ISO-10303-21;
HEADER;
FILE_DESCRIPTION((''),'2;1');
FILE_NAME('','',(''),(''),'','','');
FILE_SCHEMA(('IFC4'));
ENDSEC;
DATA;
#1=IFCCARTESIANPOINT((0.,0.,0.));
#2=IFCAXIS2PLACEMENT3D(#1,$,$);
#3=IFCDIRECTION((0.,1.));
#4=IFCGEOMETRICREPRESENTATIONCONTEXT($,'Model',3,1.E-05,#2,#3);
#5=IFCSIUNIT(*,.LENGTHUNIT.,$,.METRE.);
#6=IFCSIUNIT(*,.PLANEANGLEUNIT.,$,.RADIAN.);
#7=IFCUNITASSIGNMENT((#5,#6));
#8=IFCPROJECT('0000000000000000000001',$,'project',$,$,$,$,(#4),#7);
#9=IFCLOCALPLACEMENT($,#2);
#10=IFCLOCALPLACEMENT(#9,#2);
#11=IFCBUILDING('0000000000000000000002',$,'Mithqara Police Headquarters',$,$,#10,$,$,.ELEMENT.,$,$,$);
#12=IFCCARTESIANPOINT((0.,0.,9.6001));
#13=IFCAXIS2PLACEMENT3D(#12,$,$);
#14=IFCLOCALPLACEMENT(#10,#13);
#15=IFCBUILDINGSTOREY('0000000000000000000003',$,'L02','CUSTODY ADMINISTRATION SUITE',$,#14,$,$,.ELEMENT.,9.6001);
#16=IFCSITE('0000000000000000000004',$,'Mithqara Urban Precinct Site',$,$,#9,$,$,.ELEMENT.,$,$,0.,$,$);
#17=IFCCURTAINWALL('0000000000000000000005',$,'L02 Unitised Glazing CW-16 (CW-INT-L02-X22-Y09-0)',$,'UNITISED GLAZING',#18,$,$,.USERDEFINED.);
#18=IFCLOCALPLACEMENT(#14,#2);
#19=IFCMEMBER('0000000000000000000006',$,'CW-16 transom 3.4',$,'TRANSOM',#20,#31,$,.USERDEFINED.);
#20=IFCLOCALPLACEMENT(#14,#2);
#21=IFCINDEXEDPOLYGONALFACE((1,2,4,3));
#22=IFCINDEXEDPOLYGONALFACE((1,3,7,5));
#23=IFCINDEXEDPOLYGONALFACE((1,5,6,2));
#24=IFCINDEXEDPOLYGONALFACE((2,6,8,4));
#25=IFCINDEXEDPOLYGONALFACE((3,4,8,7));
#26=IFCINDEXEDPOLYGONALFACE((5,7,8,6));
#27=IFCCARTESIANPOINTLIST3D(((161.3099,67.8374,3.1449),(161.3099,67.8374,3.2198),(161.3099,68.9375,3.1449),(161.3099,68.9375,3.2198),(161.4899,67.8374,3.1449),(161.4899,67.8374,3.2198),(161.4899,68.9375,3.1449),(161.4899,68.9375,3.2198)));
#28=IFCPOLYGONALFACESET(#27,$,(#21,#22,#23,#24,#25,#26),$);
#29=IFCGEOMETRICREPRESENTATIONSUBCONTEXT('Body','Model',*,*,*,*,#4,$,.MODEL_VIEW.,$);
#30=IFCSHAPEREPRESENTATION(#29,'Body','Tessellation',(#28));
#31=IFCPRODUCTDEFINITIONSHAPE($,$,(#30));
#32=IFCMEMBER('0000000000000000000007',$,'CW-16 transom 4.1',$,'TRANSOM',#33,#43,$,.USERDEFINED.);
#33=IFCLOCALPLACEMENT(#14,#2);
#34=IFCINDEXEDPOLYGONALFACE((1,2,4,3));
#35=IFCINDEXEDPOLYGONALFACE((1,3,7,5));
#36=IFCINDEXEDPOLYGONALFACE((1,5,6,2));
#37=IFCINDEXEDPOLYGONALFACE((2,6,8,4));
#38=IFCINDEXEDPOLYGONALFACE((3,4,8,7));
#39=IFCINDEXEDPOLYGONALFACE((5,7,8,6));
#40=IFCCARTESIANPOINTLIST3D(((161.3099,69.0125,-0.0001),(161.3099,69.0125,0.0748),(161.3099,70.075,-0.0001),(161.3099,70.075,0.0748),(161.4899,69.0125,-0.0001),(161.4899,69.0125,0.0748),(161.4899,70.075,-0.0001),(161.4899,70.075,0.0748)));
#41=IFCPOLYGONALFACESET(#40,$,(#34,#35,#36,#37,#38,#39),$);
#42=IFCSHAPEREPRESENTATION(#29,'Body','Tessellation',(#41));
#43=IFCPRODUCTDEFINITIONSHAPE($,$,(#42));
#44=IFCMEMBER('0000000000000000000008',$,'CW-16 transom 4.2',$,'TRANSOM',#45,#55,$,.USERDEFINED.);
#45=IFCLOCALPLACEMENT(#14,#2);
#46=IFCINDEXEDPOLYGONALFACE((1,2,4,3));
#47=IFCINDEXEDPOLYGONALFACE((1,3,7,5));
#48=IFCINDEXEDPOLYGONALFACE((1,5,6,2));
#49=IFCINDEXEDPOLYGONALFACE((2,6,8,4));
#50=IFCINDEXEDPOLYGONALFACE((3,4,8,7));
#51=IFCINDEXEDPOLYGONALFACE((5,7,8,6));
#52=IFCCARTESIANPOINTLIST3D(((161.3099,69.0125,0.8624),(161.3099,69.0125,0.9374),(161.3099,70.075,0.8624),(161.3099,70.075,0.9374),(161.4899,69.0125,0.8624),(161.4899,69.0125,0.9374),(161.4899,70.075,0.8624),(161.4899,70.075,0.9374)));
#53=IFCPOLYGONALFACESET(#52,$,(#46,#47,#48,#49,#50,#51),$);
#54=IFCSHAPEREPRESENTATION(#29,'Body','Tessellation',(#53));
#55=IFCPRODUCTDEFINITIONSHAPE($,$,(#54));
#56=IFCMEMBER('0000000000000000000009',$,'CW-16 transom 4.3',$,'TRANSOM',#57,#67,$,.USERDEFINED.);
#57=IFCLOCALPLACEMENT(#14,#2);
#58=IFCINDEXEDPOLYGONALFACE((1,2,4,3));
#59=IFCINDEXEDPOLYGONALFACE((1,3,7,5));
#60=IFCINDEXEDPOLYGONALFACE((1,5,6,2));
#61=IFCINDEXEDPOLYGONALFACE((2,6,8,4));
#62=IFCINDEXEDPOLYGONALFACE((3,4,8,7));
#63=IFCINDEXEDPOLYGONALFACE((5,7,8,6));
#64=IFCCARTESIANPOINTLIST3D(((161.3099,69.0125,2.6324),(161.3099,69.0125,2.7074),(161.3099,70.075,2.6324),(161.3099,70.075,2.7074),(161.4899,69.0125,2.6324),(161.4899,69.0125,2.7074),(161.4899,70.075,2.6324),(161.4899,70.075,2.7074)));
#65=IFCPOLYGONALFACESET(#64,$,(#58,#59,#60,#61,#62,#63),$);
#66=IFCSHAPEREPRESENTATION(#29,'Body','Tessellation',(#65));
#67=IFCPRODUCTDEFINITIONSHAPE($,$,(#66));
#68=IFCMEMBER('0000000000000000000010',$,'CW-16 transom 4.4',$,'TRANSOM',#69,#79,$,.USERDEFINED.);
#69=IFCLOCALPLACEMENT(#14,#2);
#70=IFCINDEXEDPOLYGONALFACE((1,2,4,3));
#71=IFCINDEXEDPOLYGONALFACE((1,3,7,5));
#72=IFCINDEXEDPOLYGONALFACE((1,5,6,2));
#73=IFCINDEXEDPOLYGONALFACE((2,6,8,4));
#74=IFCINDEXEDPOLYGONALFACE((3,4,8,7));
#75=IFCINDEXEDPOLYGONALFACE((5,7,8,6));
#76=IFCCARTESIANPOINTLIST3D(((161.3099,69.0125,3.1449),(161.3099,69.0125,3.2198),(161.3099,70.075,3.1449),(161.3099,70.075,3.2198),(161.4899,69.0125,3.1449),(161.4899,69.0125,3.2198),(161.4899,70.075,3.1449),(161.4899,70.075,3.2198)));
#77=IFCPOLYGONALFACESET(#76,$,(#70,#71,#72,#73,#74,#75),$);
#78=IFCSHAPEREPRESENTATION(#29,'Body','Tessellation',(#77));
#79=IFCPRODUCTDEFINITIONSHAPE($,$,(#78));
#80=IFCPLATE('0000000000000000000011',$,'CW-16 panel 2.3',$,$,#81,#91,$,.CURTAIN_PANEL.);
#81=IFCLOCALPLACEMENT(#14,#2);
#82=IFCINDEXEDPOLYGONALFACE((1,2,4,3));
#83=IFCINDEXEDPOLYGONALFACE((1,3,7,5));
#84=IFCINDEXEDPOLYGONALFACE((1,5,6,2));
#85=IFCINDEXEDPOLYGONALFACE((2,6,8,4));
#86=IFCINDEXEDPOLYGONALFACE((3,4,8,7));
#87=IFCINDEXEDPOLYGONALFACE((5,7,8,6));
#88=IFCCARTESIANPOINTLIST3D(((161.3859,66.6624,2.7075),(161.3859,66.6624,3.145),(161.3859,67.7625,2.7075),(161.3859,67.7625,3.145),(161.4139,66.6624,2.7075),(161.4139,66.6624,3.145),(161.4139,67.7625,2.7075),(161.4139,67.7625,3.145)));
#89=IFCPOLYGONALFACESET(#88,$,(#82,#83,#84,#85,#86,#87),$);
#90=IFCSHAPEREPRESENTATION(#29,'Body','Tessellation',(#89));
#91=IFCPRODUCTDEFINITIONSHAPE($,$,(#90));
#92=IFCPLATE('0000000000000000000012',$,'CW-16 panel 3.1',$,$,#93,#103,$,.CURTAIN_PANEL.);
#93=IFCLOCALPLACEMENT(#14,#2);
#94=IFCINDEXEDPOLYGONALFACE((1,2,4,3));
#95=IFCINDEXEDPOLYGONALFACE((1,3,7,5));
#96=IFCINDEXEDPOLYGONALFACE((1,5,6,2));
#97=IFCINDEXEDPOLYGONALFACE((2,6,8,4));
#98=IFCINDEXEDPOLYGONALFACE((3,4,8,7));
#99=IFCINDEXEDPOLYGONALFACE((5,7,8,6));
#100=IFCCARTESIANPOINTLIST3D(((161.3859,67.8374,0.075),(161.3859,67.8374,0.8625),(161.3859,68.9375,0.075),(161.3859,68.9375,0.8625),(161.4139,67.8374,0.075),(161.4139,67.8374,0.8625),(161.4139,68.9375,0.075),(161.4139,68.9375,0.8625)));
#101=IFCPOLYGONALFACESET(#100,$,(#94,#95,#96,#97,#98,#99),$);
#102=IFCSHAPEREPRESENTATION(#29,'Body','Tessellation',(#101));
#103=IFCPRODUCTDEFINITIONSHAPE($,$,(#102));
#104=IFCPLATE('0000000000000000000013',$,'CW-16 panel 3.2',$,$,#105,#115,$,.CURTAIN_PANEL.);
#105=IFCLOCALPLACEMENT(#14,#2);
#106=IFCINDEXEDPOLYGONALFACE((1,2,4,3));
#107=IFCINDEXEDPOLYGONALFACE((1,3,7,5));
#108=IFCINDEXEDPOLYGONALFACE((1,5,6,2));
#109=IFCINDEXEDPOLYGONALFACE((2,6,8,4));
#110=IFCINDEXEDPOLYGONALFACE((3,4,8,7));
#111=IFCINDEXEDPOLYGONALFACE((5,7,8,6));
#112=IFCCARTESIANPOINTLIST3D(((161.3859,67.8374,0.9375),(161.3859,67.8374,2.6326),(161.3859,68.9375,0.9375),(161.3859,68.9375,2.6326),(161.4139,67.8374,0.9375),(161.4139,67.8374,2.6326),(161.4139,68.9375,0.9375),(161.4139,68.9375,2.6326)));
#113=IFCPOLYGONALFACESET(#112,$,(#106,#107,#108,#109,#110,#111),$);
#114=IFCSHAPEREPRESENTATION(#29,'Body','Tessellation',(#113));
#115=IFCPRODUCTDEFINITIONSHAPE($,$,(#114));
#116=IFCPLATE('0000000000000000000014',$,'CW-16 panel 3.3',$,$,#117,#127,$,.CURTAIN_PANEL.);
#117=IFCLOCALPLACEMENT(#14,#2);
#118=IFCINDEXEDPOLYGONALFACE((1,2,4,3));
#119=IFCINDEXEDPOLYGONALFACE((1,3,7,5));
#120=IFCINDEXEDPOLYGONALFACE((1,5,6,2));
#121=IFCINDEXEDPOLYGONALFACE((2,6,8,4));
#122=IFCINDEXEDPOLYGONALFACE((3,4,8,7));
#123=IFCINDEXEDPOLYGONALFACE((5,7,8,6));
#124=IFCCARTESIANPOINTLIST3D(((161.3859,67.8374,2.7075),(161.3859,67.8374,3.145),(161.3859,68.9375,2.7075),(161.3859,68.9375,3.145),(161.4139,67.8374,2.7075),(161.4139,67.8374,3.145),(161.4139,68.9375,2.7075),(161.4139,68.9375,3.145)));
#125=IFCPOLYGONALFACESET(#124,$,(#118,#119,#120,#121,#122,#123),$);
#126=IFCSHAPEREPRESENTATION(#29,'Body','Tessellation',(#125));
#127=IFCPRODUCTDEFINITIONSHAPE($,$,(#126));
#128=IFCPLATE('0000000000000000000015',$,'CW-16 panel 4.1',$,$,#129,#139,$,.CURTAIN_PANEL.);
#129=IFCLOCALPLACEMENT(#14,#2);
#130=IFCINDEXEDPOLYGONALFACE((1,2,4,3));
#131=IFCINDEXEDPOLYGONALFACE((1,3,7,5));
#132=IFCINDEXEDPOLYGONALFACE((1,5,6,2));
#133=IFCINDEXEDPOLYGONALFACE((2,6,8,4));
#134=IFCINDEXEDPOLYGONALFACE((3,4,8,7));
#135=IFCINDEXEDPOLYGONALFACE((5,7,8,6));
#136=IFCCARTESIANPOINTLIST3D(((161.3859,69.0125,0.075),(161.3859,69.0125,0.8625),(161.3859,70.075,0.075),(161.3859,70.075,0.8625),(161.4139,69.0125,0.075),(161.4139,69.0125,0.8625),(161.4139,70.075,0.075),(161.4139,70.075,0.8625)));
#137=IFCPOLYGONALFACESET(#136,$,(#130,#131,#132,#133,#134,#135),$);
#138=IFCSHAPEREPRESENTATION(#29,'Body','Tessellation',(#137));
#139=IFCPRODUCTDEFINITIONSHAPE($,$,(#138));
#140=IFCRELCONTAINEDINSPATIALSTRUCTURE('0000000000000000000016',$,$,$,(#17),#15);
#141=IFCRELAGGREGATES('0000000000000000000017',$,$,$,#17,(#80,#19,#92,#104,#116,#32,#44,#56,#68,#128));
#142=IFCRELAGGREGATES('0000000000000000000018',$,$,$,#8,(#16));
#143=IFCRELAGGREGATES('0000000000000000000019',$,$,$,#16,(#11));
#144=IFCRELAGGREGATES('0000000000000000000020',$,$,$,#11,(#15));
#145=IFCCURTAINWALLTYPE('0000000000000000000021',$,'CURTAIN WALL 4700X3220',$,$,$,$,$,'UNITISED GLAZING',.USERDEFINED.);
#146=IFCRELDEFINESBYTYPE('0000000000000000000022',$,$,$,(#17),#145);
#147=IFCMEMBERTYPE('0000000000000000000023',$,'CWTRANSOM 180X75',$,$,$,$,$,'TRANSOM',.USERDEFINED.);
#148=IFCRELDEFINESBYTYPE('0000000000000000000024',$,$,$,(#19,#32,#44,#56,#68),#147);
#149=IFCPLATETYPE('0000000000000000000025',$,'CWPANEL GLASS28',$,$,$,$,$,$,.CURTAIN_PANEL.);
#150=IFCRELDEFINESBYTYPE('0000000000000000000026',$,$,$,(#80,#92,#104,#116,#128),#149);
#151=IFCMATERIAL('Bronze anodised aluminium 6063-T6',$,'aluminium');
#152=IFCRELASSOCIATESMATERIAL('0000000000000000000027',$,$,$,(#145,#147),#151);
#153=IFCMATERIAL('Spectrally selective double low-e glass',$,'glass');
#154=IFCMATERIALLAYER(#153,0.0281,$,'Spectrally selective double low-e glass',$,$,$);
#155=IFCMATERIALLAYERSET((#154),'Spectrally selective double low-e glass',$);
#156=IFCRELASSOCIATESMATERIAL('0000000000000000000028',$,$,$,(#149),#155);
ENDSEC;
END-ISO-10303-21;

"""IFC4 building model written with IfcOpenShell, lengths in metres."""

from ifc_helpers import new_model, si_unit, direction, frame, origin, origin_2d, place, context, subcontext, project, spatial, rectangle, extrude, material, layer, layer_set, material_profile, profile_set, type_object, element, aggregate, save


model = new_model("IFC4")

# Units and contexts
model_context = context("Model", 3, precision=1e-05, world=origin(), true_north=direction((0.0, 1.0)))
body_context = subcontext(model_context, "Body", "Model", "MODEL_VIEW")
ifc_project = project(units=[si_unit("LENGTHUNIT", "METRE"), si_unit("PLANEANGLEUNIT", "RADIAN")], contexts=[model_context])

# Site, building, storey
site_placement = place(None, origin())
site = spatial("IfcSite", under=ifc_project, at=site_placement, Name="Mithqara Urban Precinct Site", CompositionType="ELEMENT", RefElevation=0.0)
building_placement = place(site_placement, origin())
building = spatial("IfcBuilding", under=site, at=building_placement, Name="Mithqara Police Headquarters", CompositionType="ELEMENT")
storey_placement = place(building_placement, frame((0.0, 0.0, 9.6001)))
storey = spatial("IfcBuildingStorey", under=building, at=storey_placement, Name="L02", Description="CUSTODY ADMINISTRATION SUITE", CompositionType="ELEMENT", Elevation=9.6001)

# Curtain wall, members, plates
ifc_material_1 = material(Name="Bronze anodised aluminium 6063-T6", Category="aluminium")
curtain_wall_type = type_object("IfcCurtainWallType", Name="CURTAIN WALL 4700X3220", ElementType="UNITISED GLAZING", PredefinedType="USERDEFINED", material=ifc_material_1)
curtain_wall_placement = place(storey_placement, origin())
curtain_wall = element("IfcCurtainWall", 1, at=curtain_wall_placement, inside=storey, type_object=curtain_wall_type, Name="L02 Unitised Glazing CW-16 (CW-INT-L02-X22-Y09-0)", ObjectType="UNITISED GLAZING", PredefinedType="USERDEFINED")
ifc_material_profile_1 = material_profile(ifc_material_1, rectangle(XDim=0.1799, YDim=0.075, at=origin_2d()), Name="CWT 180x75")
ifc_profile_set_1 = profile_set([ifc_material_profile_1], Name="Bronze anodised aluminium 6063-T6")
member_type_1 = type_object("IfcMemberType", Name="CWTRANSOM 180X75", ElementType="TRANSOM", PredefinedType="USERDEFINED", material=ifc_profile_set_1)
member_1_placement = place(storey_placement, frame((161.3999, 67.8374, 3.1824), z_axis=(0.0, 1.0, 0.0), x_axis=(-1.0, 0.0, 0.0)))
member_1 = element("IfcMember", 2, at=member_1_placement, type_object=member_type_1, Name="CW-16 transom 3.4", ObjectType="TRANSOM", PredefinedType="USERDEFINED", context=body_context, shape_type="SweptSolid", body=[
    extrude(rectangle(XDim=0.1799, YDim=0.075, at=origin_2d()), origin(), (0.0, 0.0, 1.0), 1.1001),
])
member_2_placement = place(storey_placement, frame((161.3999, 69.0125, 0.0374), z_axis=(0.0, 1.0, 0.0), x_axis=(-1.0, 0.0, 0.0)))
member_2 = element("IfcMember", 3, at=member_2_placement, type_object=member_type_1, Name="CW-16 transom 4.1", ObjectType="TRANSOM", PredefinedType="USERDEFINED", context=body_context, shape_type="SweptSolid", body=[
    extrude(rectangle(XDim=0.1799, YDim=0.075, at=origin_2d()), origin(), (0.0, 0.0, 1.0), 1.0625),
])
member_3_placement = place(storey_placement, frame((161.3999, 69.0125, 0.8999), z_axis=(0.0, 1.0, 0.0), x_axis=(-1.0, 0.0, 0.0)))
member_3 = element("IfcMember", 4, at=member_3_placement, type_object=member_type_1, Name="CW-16 transom 4.2", ObjectType="TRANSOM", PredefinedType="USERDEFINED", context=body_context, shape_type="SweptSolid", body=[
    extrude(rectangle(XDim=0.1799, YDim=0.075, at=origin_2d()), origin(), (0.0, 0.0, 1.0), 1.0625),
])
member_4_placement = place(storey_placement, frame((161.3999, 69.0125, 2.6699), z_axis=(0.0, 1.0, 0.0), x_axis=(-1.0, 0.0, 0.0)))
member_4 = element("IfcMember", 5, at=member_4_placement, type_object=member_type_1, Name="CW-16 transom 4.3", ObjectType="TRANSOM", PredefinedType="USERDEFINED", context=body_context, shape_type="SweptSolid", body=[
    extrude(rectangle(XDim=0.1799, YDim=0.075, at=origin_2d()), origin(), (0.0, 0.0, 1.0), 1.0625),
])
member_5_placement = place(storey_placement, frame((161.3999, 69.0125, 3.1824), z_axis=(0.0, 1.0, 0.0), x_axis=(-1.0, 0.0, 0.0)))
member_5 = element("IfcMember", 6, at=member_5_placement, type_object=member_type_1, Name="CW-16 transom 4.4", ObjectType="TRANSOM", PredefinedType="USERDEFINED", context=body_context, shape_type="SweptSolid", body=[
    extrude(rectangle(XDim=0.1799, YDim=0.075, at=origin_2d()), origin(), (0.0, 0.0, 1.0), 1.0625),
])
ifc_material_2 = material(Name="Spectrally selective double low-e glass", Category="glass")
ifc_layer = layer(ifc_material_2, 0.0281, Name="Spectrally selective double low-e glass")
ifc_layer_set = layer_set([ifc_layer], Name="Spectrally selective double low-e glass")
plate_type = type_object("IfcPlateType", Name="CWPANEL GLASS28", PredefinedType="CURTAIN_PANEL", material=ifc_layer_set)
plate_1_placement = place(storey_placement, frame((161.3999, 67.2124, 2.7075), z_axis=(0.0, 0.0, 1.0), x_axis=(0.0, 1.0, 0.0)))
plate_1 = element("IfcPlate", 7, at=plate_1_placement, type_object=plate_type, Name="CW-16 panel 2.3", PredefinedType="CURTAIN_PANEL", context=body_context, shape_type="SweptSolid", body=[
    extrude(rectangle(XDim=1.1001, YDim=0.0281, at=origin_2d()), origin(), (0.0, 0.0, 1.0), 0.4375),
])
plate_2_placement = place(storey_placement, frame((161.3999, 68.3875, 0.075), z_axis=(0.0, 0.0, 1.0), x_axis=(0.0, 1.0, 0.0)))
plate_2 = element("IfcPlate", 8, at=plate_2_placement, type_object=plate_type, Name="CW-16 panel 3.1", PredefinedType="CURTAIN_PANEL", context=body_context, shape_type="SweptSolid", body=[
    extrude(rectangle(XDim=1.1001, YDim=0.0281, at=origin_2d()), origin(), (0.0, 0.0, 1.0), 0.7876),
])
plate_3_placement = place(storey_placement, frame((161.3999, 68.3875, 0.9375), z_axis=(0.0, 0.0, 1.0), x_axis=(0.0, 1.0, 0.0)))
plate_3 = element("IfcPlate", 9, at=plate_3_placement, type_object=plate_type, Name="CW-16 panel 3.2", PredefinedType="CURTAIN_PANEL", context=body_context, shape_type="SweptSolid", body=[
    extrude(rectangle(XDim=1.1001, YDim=0.0281, at=origin_2d()), origin(), (0.0, 0.0, 1.0), 1.6951),
])
plate_4_placement = place(storey_placement, frame((161.3999, 68.3875, 2.7075), z_axis=(0.0, 0.0, 1.0), x_axis=(0.0, 1.0, 0.0)))
plate_4 = element("IfcPlate", 10, at=plate_4_placement, type_object=plate_type, Name="CW-16 panel 3.3", PredefinedType="CURTAIN_PANEL", context=body_context, shape_type="SweptSolid", body=[
    extrude(rectangle(XDim=1.1001, YDim=0.0281, at=origin_2d()), origin(), (0.0, 0.0, 1.0), 0.4375),
])
plate_5_placement = place(storey_placement, frame((161.3999, 69.5437, 0.075), z_axis=(0.0, 0.0, 1.0), x_axis=(0.0, 1.0, 0.0)))
plate_5 = element("IfcPlate", 11, at=plate_5_placement, type_object=plate_type, Name="CW-16 panel 4.1", PredefinedType="CURTAIN_PANEL", context=body_context, shape_type="SweptSolid", body=[
    extrude(rectangle(XDim=1.0625, YDim=0.0281, at=origin_2d()), origin(), (0.0, 0.0, 1.0), 0.7876),
])
aggregate(curtain_wall, [plate_1, member_1, plate_2, plate_3, plate_4, member_2, member_3, member_4, member_5, plate_5])

save(model, "model.ifc")
